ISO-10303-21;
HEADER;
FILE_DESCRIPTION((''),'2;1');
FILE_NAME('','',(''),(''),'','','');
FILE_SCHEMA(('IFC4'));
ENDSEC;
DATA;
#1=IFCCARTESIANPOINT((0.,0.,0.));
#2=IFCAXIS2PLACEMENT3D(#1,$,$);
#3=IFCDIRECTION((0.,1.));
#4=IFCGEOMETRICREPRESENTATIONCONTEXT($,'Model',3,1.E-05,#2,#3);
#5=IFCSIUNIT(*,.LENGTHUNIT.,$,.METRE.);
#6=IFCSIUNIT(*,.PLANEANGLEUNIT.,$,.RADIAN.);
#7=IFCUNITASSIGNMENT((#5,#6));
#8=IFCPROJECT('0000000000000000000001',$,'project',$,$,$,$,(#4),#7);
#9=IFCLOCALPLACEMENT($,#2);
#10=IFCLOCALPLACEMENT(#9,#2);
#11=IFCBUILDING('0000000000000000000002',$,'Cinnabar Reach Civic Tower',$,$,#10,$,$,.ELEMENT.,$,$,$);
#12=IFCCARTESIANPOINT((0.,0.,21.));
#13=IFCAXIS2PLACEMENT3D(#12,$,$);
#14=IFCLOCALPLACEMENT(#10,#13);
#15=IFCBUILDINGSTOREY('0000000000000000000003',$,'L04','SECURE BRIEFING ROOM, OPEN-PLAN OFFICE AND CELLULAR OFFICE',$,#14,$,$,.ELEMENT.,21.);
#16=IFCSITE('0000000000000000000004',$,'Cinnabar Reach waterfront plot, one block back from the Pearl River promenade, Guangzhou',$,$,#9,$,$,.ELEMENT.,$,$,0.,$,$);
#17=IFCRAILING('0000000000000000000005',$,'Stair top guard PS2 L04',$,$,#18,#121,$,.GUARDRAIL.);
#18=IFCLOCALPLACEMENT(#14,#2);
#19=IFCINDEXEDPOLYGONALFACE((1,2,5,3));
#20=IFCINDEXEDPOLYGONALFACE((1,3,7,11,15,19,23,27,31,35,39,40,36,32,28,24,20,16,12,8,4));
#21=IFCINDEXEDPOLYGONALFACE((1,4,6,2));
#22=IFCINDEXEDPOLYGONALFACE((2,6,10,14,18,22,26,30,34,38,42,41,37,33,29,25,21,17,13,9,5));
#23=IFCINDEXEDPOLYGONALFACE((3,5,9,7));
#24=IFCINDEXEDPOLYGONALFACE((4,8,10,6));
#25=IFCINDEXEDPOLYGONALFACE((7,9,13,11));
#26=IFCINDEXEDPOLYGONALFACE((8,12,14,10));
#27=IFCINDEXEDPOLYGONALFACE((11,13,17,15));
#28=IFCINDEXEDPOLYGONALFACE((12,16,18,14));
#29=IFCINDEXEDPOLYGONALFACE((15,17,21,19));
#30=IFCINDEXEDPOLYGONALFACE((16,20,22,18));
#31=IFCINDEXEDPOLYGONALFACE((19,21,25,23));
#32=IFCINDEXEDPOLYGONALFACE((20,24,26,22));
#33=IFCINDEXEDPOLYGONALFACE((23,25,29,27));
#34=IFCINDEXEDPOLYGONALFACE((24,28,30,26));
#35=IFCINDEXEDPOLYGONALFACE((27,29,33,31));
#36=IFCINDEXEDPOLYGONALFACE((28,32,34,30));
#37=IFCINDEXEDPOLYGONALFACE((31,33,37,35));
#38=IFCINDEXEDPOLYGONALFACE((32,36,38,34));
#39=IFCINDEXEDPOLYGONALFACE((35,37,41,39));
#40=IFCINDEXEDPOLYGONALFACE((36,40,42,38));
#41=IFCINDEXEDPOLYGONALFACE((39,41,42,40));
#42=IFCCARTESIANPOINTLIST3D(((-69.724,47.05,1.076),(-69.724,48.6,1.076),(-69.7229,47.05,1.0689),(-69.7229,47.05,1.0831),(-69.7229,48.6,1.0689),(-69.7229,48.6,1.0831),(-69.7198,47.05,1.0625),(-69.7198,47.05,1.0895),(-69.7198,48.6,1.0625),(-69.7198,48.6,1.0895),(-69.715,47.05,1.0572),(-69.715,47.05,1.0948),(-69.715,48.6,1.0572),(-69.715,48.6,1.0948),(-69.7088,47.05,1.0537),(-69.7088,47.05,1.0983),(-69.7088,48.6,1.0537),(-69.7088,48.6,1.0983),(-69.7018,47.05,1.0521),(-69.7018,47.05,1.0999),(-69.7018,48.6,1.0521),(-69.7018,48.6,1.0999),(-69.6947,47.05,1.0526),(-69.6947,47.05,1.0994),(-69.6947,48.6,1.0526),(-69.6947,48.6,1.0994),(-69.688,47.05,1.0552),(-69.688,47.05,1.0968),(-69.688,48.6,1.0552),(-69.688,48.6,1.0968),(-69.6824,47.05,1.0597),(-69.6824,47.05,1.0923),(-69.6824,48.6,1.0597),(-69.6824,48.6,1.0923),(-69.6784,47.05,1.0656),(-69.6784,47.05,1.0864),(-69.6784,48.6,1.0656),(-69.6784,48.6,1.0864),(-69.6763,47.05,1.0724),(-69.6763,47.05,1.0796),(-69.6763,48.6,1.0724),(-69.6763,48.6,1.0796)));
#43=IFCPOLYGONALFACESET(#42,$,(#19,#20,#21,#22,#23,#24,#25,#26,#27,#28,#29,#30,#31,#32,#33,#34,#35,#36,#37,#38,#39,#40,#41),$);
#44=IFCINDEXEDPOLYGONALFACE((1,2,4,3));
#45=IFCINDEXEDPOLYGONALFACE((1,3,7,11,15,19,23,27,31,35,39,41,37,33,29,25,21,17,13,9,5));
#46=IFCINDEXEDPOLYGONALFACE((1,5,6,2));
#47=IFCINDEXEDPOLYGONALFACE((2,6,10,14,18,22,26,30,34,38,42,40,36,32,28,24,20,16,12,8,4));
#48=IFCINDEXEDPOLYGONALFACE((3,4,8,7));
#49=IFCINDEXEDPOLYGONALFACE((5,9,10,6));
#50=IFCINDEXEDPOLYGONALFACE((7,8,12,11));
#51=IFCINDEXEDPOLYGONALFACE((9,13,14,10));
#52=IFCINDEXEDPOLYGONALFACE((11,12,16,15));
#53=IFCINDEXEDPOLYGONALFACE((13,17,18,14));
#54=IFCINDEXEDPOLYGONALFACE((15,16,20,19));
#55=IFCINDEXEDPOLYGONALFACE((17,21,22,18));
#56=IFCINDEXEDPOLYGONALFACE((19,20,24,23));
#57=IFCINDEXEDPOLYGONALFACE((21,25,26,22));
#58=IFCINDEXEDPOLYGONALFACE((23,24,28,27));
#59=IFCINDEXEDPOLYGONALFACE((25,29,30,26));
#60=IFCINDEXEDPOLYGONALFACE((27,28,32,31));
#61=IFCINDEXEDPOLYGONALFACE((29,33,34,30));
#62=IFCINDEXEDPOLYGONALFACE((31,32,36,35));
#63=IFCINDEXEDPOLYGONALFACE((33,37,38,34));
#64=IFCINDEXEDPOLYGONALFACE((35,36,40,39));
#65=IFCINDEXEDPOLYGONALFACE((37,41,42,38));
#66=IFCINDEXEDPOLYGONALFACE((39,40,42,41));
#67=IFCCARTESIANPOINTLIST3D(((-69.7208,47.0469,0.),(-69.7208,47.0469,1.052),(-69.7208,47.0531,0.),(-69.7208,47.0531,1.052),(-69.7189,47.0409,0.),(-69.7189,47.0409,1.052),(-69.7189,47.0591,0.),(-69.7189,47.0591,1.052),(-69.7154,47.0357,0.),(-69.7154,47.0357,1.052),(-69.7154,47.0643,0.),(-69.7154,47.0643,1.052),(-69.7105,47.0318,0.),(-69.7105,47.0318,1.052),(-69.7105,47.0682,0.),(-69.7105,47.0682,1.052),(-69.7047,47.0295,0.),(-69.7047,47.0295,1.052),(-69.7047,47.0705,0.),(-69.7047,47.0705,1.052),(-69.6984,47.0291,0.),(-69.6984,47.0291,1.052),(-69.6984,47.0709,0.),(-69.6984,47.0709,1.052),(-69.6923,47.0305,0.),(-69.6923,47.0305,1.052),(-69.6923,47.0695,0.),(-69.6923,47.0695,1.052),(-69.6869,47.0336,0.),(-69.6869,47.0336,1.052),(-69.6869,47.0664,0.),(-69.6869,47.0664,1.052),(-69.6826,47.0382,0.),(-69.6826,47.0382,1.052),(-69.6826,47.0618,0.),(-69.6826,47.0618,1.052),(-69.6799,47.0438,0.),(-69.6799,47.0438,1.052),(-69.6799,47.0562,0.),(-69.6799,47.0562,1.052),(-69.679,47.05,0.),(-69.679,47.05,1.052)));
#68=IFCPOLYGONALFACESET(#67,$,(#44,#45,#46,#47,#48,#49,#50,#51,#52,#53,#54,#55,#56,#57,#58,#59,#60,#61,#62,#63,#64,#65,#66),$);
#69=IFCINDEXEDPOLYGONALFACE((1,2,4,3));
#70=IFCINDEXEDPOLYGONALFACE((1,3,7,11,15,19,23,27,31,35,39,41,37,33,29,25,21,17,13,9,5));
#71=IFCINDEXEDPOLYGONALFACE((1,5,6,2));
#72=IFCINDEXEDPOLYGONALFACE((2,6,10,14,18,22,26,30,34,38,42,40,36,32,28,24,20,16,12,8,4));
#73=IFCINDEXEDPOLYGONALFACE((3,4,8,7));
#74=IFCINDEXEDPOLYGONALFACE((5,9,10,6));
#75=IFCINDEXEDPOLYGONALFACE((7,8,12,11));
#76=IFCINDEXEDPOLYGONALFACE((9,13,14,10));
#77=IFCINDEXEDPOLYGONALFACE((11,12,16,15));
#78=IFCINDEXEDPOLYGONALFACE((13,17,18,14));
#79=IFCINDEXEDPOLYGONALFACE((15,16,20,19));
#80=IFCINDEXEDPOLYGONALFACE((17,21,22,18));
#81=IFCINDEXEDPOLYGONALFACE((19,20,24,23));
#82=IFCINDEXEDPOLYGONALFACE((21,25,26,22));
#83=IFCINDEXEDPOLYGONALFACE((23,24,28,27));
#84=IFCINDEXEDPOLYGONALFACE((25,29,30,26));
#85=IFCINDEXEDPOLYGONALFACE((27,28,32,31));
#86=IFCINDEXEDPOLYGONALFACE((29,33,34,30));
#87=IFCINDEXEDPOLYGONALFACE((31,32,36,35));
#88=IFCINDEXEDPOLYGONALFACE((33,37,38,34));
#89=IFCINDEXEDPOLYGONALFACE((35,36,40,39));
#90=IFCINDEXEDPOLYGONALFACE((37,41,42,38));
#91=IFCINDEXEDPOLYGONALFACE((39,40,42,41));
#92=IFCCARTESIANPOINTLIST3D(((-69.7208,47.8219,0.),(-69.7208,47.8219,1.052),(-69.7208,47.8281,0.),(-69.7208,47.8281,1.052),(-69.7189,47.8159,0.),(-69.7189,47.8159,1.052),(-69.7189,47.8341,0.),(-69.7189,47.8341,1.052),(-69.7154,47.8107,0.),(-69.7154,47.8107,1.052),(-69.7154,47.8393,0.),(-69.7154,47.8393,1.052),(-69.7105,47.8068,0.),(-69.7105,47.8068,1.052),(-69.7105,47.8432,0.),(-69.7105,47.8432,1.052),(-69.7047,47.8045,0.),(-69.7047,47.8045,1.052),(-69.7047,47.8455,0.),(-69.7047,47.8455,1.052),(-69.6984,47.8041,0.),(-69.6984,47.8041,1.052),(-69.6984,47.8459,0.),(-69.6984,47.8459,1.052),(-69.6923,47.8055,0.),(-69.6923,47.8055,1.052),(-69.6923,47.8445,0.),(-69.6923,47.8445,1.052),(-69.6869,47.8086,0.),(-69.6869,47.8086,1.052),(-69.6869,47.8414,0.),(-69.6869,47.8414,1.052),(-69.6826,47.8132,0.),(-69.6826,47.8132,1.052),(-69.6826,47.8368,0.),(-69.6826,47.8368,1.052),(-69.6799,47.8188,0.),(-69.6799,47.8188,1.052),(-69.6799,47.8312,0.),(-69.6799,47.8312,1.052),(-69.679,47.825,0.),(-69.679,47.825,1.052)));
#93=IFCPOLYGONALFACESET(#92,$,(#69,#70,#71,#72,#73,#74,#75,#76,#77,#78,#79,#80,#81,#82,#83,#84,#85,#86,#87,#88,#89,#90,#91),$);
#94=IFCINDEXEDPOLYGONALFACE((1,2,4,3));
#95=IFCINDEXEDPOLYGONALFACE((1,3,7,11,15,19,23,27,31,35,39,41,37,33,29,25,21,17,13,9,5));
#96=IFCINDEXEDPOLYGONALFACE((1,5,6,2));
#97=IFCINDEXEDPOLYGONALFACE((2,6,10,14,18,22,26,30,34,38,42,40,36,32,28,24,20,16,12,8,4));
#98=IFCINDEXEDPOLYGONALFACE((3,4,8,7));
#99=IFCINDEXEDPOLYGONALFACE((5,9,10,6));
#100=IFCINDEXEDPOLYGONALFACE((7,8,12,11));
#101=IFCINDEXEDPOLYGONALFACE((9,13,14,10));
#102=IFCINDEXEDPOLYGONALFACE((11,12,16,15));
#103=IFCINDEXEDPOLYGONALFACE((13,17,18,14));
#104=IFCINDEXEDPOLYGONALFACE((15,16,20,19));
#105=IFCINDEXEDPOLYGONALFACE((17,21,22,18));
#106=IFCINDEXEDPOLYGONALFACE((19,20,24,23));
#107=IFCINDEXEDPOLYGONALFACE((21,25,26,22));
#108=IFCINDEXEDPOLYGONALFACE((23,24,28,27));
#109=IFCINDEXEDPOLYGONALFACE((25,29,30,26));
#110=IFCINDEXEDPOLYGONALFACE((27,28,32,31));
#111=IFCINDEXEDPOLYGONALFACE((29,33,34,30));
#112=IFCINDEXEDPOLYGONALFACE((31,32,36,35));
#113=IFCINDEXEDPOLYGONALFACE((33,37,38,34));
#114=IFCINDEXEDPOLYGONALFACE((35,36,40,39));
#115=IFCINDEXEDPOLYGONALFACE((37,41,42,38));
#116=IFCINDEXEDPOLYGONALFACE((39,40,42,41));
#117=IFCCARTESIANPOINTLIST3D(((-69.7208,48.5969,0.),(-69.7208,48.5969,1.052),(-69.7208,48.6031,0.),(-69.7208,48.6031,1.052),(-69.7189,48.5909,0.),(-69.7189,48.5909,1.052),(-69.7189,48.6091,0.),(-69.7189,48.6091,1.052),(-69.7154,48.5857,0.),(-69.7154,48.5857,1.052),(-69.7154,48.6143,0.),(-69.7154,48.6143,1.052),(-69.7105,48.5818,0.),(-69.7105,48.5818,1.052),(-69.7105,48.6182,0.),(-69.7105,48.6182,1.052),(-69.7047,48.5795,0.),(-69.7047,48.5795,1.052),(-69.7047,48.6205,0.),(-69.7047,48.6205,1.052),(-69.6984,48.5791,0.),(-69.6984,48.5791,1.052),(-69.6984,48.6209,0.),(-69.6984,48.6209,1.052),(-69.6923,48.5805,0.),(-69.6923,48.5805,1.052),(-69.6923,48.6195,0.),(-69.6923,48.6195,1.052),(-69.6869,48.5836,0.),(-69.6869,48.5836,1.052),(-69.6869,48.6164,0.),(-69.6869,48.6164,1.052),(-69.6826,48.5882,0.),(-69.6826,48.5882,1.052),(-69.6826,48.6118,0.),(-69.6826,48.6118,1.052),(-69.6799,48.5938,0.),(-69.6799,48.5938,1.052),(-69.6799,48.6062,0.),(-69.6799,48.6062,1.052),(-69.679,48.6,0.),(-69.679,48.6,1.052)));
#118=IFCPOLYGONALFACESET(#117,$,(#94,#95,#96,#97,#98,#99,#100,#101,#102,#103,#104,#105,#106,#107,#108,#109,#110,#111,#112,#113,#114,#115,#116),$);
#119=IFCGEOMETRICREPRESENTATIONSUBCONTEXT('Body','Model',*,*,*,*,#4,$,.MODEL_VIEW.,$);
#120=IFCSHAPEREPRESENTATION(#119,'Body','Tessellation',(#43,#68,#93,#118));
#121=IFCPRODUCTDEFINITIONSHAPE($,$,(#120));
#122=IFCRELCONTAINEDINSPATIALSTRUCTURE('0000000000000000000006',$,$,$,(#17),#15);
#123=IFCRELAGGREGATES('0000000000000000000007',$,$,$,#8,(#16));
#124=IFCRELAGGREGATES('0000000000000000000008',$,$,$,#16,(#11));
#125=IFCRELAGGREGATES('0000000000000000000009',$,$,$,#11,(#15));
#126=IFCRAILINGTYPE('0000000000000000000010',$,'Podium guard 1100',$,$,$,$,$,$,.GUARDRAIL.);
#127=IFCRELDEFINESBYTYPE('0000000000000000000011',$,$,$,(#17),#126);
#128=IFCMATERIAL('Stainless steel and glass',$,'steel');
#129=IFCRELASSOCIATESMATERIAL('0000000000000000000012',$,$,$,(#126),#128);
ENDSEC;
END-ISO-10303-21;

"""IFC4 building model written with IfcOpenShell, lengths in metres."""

from ifc_helpers import new_model, si_unit, direction, frame, origin, origin_2d, place, context, subcontext, project, spatial, circle, extrude, material, type_object, element, save


model = new_model("IFC4")

# Units and contexts
model_context = context("Model", 3, precision=1e-05, world=origin(), true_north=direction((0.0, 1.0)))
body_context = subcontext(model_context, "Body", "Model", "MODEL_VIEW")
ifc_project = project(units=[si_unit("LENGTHUNIT", "METRE"), si_unit("PLANEANGLEUNIT", "RADIAN")], contexts=[model_context])

# Site, building, storey
site_placement = place(None, origin())
site = spatial("IfcSite", under=ifc_project, at=site_placement, Name="Cinnabar Reach waterfront plot, one block back from the Pearl River promenade, Guangzhou", CompositionType="ELEMENT", RefElevation=0.0)
building_placement = place(site_placement, origin())
building = spatial("IfcBuilding", under=site, at=building_placement, Name="Cinnabar Reach Civic Tower", CompositionType="ELEMENT")
storey_placement = place(building_placement, frame((0.0, 0.0, 21.0)))
storey = spatial("IfcBuildingStorey", under=building, at=storey_placement, Name="L04", Description="SECURE BRIEFING ROOM, OPEN-PLAN OFFICE AND CELLULAR OFFICE", CompositionType="ELEMENT", Elevation=21.0)

# Railing
ifc_material_1 = material(Name="Stainless steel and glass", Category="steel")
railing_type = type_object("IfcRailingType", Name="Podium guard 1100", PredefinedType="GUARDRAIL", material=ifc_material_1)
railing_1_placement = place(storey_placement, frame((-69.7, 47.05, 0.0)))
element("IfcRailing", 1, at=railing_1_placement, inside=storey, type_object=railing_type, Name="Stair top guard PS2 L04", PredefinedType="GUARDRAIL", context=body_context, shape_type="SweptSolid", body=[
    extrude(circle(Radius=0.024, at=origin_2d()), frame((0.0, 0.0, 1.076), z_axis=(0.0, 1.0, 0.0), x_axis=(-1.0, 0.0, 0.0)), (0.0, 0.0, 1.0), 1.55),
    extrude(circle(Radius=0.021, at=origin_2d()), origin(), (0.0, 0.0, 1.0), 1.052),
    extrude(circle(Radius=0.021, at=origin_2d()), frame((0.0, 0.775, 0.0)), (0.0, 0.0, 1.0), 1.052),
    extrude(circle(Radius=0.021, at=origin_2d()), frame((0.0, 1.55, 0.0)), (0.0, 0.0, 1.0), 1.052),
])

save(model, "model.ifc")
